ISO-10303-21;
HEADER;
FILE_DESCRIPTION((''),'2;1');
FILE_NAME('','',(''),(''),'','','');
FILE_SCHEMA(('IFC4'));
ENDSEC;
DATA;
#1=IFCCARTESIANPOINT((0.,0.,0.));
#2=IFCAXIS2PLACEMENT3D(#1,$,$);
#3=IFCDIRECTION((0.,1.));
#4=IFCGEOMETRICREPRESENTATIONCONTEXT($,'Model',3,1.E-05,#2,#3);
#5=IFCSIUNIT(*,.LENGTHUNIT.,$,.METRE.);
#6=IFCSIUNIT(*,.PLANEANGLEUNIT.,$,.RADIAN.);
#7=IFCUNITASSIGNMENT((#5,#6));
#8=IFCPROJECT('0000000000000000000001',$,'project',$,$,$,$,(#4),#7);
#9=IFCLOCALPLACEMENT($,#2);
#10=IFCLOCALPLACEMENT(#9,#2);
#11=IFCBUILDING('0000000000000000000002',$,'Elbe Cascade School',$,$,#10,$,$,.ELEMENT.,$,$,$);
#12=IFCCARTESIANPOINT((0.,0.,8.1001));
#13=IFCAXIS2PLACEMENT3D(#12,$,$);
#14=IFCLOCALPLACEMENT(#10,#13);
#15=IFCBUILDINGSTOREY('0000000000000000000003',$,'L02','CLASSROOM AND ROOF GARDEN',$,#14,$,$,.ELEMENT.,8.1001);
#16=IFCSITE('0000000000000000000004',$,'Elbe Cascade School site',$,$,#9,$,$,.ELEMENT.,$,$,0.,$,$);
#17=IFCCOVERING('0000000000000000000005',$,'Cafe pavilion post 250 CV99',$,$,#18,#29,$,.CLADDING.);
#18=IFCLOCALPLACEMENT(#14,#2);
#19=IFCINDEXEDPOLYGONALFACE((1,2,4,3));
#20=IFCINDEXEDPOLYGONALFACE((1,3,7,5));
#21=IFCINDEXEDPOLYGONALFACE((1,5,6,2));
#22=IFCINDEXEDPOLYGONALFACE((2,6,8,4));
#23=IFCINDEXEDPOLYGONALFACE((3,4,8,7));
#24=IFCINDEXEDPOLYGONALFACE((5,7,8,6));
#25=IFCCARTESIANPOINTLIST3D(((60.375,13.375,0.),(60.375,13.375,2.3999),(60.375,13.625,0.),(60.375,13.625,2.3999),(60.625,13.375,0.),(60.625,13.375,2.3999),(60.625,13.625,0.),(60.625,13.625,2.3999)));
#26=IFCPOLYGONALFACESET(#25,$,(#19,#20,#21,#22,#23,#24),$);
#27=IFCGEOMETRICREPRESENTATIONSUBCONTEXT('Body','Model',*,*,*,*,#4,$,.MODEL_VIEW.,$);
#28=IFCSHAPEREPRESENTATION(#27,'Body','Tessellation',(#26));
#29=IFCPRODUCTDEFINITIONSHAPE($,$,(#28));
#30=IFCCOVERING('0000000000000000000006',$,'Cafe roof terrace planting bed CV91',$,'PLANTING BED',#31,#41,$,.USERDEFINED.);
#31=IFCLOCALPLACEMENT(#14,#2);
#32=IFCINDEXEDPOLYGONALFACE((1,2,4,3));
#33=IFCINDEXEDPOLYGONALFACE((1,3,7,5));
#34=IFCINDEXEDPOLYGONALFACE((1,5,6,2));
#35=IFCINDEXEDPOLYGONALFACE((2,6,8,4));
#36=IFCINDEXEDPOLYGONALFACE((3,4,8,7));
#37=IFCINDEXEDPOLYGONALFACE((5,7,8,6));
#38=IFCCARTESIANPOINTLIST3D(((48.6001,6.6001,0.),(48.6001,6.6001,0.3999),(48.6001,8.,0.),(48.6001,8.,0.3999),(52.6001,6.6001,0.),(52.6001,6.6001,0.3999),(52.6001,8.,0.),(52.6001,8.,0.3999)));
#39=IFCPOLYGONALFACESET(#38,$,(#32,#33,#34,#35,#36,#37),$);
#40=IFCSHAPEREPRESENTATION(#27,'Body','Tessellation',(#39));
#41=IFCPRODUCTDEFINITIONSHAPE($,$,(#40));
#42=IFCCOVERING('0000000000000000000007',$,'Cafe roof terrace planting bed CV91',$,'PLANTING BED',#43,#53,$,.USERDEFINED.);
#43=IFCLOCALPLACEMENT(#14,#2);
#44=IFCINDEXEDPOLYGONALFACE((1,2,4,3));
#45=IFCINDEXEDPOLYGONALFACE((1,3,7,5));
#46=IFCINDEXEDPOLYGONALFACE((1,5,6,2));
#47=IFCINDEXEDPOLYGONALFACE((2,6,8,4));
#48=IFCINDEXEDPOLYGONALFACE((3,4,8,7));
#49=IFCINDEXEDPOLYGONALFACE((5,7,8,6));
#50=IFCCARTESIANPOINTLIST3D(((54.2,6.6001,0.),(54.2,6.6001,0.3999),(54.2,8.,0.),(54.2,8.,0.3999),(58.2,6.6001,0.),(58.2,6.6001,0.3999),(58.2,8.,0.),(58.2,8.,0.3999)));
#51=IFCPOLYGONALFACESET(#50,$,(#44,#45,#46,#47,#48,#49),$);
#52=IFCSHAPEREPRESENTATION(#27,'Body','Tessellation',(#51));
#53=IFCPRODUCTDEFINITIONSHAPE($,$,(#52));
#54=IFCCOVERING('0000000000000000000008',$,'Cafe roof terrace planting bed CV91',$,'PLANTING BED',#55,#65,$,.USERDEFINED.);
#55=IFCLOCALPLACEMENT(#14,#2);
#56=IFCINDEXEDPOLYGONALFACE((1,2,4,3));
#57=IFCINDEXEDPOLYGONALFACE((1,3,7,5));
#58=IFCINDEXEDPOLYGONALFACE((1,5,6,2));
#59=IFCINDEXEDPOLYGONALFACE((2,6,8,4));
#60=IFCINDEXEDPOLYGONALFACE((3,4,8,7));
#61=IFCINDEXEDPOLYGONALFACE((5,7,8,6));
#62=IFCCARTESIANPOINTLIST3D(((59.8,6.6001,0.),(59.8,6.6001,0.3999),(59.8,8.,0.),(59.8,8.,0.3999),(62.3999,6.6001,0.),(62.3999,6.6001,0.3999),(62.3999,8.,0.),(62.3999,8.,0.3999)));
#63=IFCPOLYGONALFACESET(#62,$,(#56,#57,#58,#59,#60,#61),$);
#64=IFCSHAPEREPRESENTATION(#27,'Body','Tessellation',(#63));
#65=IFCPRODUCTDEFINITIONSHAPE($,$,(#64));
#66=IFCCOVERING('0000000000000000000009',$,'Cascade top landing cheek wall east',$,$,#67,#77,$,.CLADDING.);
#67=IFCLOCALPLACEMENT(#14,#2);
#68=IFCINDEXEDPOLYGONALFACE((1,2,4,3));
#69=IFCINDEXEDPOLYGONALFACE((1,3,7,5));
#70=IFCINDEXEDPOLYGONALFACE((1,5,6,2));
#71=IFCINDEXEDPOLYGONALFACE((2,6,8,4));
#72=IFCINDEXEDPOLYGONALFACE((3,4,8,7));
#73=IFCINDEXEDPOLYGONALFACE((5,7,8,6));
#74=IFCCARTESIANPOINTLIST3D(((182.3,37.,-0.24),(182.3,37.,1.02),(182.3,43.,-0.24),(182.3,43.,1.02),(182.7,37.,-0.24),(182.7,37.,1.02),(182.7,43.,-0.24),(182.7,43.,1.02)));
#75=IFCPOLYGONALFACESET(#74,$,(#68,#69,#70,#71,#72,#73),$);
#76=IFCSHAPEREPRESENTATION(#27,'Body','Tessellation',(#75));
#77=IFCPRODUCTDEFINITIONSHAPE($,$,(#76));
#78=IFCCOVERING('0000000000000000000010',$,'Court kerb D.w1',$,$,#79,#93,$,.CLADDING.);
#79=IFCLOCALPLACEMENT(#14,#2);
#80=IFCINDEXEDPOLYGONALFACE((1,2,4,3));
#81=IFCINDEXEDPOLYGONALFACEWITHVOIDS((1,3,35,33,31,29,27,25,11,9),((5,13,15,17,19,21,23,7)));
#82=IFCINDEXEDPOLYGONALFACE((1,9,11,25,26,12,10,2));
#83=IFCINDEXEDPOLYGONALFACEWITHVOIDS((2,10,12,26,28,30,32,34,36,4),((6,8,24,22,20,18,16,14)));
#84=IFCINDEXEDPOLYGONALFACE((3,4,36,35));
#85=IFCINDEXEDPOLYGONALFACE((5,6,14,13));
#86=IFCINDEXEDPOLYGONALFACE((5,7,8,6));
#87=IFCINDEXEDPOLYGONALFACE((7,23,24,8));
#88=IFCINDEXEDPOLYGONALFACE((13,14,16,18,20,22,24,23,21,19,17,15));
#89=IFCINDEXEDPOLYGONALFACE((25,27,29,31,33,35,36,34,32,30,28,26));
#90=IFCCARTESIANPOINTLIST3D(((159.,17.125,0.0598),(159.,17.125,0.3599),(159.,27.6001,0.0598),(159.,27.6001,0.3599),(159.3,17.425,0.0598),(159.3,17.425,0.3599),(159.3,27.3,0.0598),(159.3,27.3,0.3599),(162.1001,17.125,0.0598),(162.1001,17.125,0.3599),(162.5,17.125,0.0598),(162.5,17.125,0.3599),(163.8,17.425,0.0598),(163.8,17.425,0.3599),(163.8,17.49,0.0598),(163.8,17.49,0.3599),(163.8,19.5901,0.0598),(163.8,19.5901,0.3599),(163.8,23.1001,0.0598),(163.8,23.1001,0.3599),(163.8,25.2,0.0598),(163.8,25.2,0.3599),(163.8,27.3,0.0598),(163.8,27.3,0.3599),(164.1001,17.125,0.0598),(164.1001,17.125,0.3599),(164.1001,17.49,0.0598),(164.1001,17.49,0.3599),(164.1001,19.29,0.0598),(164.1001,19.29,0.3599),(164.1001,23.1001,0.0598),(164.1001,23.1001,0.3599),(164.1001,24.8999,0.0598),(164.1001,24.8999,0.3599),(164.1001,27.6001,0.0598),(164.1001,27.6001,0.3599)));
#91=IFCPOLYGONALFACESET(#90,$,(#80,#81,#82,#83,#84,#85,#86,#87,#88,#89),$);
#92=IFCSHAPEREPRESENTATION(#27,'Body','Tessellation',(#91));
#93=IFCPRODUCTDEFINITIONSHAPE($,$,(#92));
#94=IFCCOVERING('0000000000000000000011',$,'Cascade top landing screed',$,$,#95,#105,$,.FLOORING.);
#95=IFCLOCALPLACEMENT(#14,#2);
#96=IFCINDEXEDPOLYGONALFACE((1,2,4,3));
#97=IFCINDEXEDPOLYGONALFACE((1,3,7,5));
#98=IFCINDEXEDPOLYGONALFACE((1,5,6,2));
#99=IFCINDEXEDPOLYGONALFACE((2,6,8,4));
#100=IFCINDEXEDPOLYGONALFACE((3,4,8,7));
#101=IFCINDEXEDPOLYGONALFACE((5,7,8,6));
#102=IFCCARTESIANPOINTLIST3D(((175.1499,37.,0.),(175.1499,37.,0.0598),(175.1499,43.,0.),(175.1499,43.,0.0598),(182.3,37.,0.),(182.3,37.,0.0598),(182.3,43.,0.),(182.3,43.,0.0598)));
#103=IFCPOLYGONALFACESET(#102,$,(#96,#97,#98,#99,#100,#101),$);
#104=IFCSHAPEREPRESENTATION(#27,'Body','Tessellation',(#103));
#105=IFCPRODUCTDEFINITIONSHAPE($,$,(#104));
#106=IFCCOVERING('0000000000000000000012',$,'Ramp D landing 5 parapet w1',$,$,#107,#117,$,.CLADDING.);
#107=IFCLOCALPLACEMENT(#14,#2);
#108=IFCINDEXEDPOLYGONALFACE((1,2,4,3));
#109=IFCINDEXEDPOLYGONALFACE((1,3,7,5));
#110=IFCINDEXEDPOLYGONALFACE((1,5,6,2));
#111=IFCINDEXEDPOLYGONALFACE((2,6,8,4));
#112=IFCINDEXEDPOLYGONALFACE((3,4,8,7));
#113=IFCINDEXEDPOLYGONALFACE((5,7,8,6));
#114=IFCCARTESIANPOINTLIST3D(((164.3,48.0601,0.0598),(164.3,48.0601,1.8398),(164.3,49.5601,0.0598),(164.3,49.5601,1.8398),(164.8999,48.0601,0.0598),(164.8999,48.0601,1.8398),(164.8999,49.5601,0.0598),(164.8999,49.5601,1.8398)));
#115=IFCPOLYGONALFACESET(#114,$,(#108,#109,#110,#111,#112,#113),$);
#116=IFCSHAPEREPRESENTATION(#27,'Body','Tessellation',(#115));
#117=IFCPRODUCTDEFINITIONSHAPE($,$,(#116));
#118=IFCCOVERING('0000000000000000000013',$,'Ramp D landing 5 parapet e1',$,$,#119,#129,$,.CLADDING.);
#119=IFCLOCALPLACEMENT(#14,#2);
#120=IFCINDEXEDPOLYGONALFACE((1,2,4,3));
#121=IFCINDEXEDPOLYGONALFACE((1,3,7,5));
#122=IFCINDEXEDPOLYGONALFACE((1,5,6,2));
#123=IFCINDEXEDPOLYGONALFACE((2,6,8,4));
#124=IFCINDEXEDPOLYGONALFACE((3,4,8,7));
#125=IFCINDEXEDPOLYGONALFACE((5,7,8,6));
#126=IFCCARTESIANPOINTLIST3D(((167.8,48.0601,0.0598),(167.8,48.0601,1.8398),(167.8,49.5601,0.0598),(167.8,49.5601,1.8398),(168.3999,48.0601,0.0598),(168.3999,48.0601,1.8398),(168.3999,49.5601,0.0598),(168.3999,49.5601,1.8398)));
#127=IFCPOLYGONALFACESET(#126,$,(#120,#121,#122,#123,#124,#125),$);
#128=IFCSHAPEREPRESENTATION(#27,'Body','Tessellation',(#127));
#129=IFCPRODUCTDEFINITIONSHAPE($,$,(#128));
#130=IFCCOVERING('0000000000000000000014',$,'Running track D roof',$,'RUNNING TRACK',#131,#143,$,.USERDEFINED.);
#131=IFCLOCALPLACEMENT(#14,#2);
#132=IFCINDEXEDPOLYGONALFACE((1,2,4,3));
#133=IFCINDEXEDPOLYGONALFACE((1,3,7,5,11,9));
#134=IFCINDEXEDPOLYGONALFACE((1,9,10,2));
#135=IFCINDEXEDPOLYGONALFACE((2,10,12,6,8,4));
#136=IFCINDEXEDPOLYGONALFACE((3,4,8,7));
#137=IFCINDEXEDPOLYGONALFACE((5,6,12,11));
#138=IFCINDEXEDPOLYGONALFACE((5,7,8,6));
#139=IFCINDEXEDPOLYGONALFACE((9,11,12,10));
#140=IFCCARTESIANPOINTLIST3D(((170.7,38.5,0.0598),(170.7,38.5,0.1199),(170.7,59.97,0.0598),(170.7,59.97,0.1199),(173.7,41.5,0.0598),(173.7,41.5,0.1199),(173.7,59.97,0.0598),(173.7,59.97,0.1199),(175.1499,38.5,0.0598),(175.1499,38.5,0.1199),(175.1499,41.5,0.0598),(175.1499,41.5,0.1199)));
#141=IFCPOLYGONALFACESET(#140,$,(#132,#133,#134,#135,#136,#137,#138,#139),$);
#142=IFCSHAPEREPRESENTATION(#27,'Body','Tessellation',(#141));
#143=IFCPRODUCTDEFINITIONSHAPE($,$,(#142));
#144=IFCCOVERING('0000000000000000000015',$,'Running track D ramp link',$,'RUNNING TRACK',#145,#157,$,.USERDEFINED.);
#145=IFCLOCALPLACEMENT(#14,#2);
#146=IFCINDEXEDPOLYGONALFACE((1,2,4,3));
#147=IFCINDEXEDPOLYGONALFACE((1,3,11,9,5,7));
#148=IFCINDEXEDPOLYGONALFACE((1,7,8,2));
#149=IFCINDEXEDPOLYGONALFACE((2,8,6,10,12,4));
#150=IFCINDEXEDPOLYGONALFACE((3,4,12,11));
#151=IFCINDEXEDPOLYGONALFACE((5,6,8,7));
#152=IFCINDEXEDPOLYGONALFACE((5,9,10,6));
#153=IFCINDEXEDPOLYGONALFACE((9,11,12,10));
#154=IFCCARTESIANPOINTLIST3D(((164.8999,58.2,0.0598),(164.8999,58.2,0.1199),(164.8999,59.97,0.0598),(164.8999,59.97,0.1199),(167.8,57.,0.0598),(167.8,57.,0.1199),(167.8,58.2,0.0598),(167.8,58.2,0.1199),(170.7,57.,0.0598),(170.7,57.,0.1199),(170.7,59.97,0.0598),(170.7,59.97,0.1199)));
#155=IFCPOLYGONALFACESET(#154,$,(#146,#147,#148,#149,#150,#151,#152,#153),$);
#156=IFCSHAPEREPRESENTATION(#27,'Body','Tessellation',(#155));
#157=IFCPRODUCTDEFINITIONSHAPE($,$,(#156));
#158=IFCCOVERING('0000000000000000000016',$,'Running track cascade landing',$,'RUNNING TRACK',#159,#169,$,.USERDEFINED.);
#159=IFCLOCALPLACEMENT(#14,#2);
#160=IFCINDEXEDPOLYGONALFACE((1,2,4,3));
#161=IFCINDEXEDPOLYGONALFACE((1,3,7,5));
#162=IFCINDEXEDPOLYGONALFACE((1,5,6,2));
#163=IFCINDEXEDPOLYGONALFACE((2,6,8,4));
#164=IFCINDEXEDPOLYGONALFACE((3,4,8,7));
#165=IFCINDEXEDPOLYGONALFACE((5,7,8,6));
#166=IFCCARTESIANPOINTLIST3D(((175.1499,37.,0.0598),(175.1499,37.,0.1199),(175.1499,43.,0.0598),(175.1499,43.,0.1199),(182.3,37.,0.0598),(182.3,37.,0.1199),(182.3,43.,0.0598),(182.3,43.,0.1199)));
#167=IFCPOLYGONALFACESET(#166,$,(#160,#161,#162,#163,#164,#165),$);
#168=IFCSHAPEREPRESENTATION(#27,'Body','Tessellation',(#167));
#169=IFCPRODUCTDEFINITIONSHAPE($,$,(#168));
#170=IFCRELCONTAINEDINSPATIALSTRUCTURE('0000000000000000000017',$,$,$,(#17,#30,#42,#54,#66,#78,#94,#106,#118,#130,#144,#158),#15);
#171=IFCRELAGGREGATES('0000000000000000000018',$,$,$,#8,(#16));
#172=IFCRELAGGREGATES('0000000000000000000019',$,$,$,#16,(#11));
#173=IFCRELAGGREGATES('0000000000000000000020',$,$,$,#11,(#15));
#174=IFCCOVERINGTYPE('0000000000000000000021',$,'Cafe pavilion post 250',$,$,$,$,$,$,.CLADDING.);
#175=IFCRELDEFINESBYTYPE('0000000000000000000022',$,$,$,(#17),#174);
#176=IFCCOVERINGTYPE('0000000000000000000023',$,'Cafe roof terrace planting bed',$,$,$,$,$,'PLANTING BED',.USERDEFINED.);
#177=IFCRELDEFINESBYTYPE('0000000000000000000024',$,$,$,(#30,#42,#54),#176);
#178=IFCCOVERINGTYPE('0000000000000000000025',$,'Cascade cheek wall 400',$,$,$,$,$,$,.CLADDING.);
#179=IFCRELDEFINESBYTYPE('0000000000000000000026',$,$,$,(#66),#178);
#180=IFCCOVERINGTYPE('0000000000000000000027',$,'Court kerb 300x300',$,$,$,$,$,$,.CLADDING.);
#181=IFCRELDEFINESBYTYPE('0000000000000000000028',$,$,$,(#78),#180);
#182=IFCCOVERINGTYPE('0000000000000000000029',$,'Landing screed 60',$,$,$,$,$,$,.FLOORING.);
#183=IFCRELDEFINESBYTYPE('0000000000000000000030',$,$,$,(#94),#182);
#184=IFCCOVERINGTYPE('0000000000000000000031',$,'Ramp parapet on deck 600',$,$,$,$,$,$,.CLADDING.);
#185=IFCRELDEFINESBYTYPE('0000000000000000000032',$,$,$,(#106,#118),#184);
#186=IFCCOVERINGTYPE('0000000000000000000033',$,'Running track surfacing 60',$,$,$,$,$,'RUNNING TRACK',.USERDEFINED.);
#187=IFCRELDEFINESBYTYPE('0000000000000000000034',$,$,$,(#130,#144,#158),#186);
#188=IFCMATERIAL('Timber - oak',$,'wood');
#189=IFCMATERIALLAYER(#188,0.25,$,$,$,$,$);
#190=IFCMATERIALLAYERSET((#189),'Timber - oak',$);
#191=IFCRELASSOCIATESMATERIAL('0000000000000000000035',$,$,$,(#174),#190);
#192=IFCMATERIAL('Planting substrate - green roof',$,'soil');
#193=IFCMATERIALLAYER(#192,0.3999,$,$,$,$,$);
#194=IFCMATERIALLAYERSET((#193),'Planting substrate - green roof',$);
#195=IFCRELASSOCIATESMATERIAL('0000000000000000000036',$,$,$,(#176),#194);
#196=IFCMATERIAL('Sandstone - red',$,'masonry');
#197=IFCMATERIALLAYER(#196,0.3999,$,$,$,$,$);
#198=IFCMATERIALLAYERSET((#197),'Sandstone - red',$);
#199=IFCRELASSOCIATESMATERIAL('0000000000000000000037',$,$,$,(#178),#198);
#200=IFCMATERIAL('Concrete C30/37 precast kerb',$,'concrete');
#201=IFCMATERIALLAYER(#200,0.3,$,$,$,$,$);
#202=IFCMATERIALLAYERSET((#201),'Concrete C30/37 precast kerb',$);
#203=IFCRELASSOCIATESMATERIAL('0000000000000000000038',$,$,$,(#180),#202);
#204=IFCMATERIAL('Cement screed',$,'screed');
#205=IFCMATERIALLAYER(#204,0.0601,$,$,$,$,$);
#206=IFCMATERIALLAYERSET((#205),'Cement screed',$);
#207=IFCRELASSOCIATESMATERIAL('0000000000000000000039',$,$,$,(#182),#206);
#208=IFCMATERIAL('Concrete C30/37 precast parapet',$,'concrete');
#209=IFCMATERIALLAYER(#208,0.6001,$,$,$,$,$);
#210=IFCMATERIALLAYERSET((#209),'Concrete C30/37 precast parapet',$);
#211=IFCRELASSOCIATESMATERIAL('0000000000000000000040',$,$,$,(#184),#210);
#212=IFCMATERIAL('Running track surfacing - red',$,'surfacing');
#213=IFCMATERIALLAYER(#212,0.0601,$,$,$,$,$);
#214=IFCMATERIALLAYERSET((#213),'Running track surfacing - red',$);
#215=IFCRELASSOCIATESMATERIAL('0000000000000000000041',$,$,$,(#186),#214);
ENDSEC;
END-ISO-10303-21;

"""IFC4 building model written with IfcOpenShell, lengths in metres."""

from ifc_helpers import new_model, si_unit, direction, frame, origin, place, context, subcontext, project, spatial, polyline, outline, extrude, material, layer, layer_set, type_object, element, save


model = new_model("IFC4")

# Units and contexts
model_context = context("Model", 3, precision=1e-05, world=origin(), true_north=direction((0.0, 1.0)))
body_context = subcontext(model_context, "Body", "Model", "MODEL_VIEW")
ifc_project = project(units=[si_unit("LENGTHUNIT", "METRE"), si_unit("PLANEANGLEUNIT", "RADIAN")], contexts=[model_context])

# Site, building, storey
site_placement = place(None, origin())
site = spatial("IfcSite", under=ifc_project, at=site_placement, Name="Elbe Cascade School site", CompositionType="ELEMENT", RefElevation=0.0)
building_placement = place(site_placement, origin())
building = spatial("IfcBuilding", under=site, at=building_placement, Name="Elbe Cascade School", CompositionType="ELEMENT")
storey_placement = place(building_placement, frame((0.0, 0.0, 8.1001)))
storey = spatial("IfcBuildingStorey", under=building, at=storey_placement, Name="L02", Description="CLASSROOM AND ROOF GARDEN", CompositionType="ELEMENT", Elevation=8.1001)

# Coverings
ifc_material_1 = material(Name="Timber - oak", Category="wood")
ifc_layer_1 = layer(ifc_material_1, 0.25)
ifc_layer_set_1 = layer_set([ifc_layer_1], Name="Timber - oak")
covering_type_1 = type_object("IfcCoveringType", Name="Cafe pavilion post 250", PredefinedType="CLADDING", material=ifc_layer_set_1)
covering_1_placement = place(storey_placement, origin())
element("IfcCovering", 1, at=covering_1_placement, inside=storey, type_object=covering_type_1, Name="Cafe pavilion post 250 CV99", PredefinedType="CLADDING", context=body_context, shape_type="SweptSolid", body=[
    extrude(outline(polyline([(60.375, 13.375), (60.625, 13.375), (60.625, 13.625), (60.375, 13.625), (60.375, 13.375)])), origin(), (0.0, 0.0, 1.0), 2.3999),
])
ifc_material_2 = material(Name="Planting substrate - green roof", Category="soil")
ifc_layer_2 = layer(ifc_material_2, 0.3999)
ifc_layer_set_2 = layer_set([ifc_layer_2], Name="Planting substrate - green roof")
covering_type_2 = type_object("IfcCoveringType", Name="Cafe roof terrace planting bed", ElementType="PLANTING BED", PredefinedType="USERDEFINED", material=ifc_layer_set_2)
covering_2_placement = place(storey_placement, origin())
element("IfcCovering", 2, at=covering_2_placement, inside=storey, type_object=covering_type_2, Name="Cafe roof terrace planting bed CV91", ObjectType="PLANTING BED", PredefinedType="USERDEFINED", context=body_context, shape_type="SweptSolid", body=[
    extrude(outline(polyline([(48.6001, 6.6001), (52.6001, 6.6001), (52.6001, 8.0), (48.6001, 8.0), (48.6001, 6.6001)])), origin(), (0.0, 0.0, 1.0), 0.3999),
])
covering_3_placement = place(storey_placement, origin())
element("IfcCovering", 3, at=covering_3_placement, inside=storey, type_object=covering_type_2, Name="Cafe roof terrace planting bed CV91", ObjectType="PLANTING BED", PredefinedType="USERDEFINED", context=body_context, shape_type="SweptSolid", body=[
    extrude(outline(polyline([(54.2, 6.6001), (58.2, 6.6001), (58.2, 8.0), (54.2, 8.0), (54.2, 6.6001)])), origin(), (0.0, 0.0, 1.0), 0.3999),
])
covering_4_placement = place(storey_placement, origin())
element("IfcCovering", 4, at=covering_4_placement, inside=storey, type_object=covering_type_2, Name="Cafe roof terrace planting bed CV91", ObjectType="PLANTING BED", PredefinedType="USERDEFINED", context=body_context, shape_type="SweptSolid", body=[
    extrude(outline(polyline([(59.8, 6.6001), (62.3999, 6.6001), (62.3999, 8.0), (59.8, 8.0), (59.8, 6.6001)])), origin(), (0.0, 0.0, 1.0), 0.3999),
])
ifc_material_3 = material(Name="Sandstone - red", Category="masonry")
ifc_layer_3 = layer(ifc_material_3, 0.3999)
ifc_layer_set_3 = layer_set([ifc_layer_3], Name="Sandstone - red")
covering_type_3 = type_object("IfcCoveringType", Name="Cascade cheek wall 400", PredefinedType="CLADDING", material=ifc_layer_set_3)
covering_5_placement = place(storey_placement, frame((0.0, 0.0, -0.24)))
element("IfcCovering", 5, at=covering_5_placement, inside=storey, type_object=covering_type_3, Name="Cascade top landing cheek wall east", PredefinedType="CLADDING", context=body_context, shape_type="SweptSolid", body=[
    extrude(outline(polyline([(182.3, 37.0), (182.7, 37.0), (182.7, 43.0), (182.3, 43.0), (182.3, 37.0)])), origin(), (0.0, 0.0, 1.0), 1.26),
])
ifc_material_4 = material(Name="Concrete C30/37 precast kerb", Category="concrete")
ifc_layer_4 = layer(ifc_material_4, 0.3)
ifc_layer_set_4 = layer_set([ifc_layer_4], Name="Concrete C30/37 precast kerb")
covering_type_4 = type_object("IfcCoveringType", Name="Court kerb 300x300", PredefinedType="CLADDING", material=ifc_layer_set_4)
covering_6_placement = place(storey_placement, frame((0.0, 0.0, 0.0598)))
element("IfcCovering", 6, at=covering_6_placement, inside=storey, type_object=covering_type_4, Name="Court kerb D.w1", PredefinedType="CLADDING", context=body_context, shape_type="SweptSolid", body=[
    extrude(outline(polyline([(164.1001, 17.125), (162.5, 17.125), (162.1001, 17.125), (159.0, 17.125), (159.0, 27.6001), (164.1001, 27.6001), (164.1001, 24.8999), (164.1001, 24.8999), (164.1001, 23.1001), (164.1001, 23.1001), (164.1001, 19.29), (164.1001, 19.29), (164.1001, 17.49), (164.1001, 17.49), (164.1001, 17.125)]), holes=[polyline([(163.8, 17.425), (159.3, 17.425), (159.3, 27.3), (163.8, 27.3), (163.8, 25.2), (163.8, 25.2), (163.8, 23.1001), (163.8, 19.5901), (163.8, 19.5901), (163.8, 17.49), (163.8, 17.425)])]), origin(), (0.0, 0.0, 1.0), 0.3),
])
ifc_material_5 = material(Name="Cement screed", Category="screed")
ifc_layer_5 = layer(ifc_material_5, 0.0601)
ifc_layer_set_5 = layer_set([ifc_layer_5], Name="Cement screed")
covering_type_5 = type_object("IfcCoveringType", Name="Landing screed 60", PredefinedType="FLOORING", material=ifc_layer_set_5)
covering_7_placement = place(storey_placement, origin())
element("IfcCovering", 7, at=covering_7_placement, inside=storey, type_object=covering_type_5, Name="Cascade top landing screed", PredefinedType="FLOORING", context=body_context, shape_type="SweptSolid", body=[
    extrude(outline(polyline([(175.1499, 37.0), (182.3, 37.0), (182.3, 43.0), (175.1499, 43.0), (175.1499, 37.0)])), origin(), (0.0, 0.0, 1.0), 0.0598),
])
ifc_material_6 = material(Name="Concrete C30/37 precast parapet", Category="concrete")
ifc_layer_6 = layer(ifc_material_6, 0.6001)
ifc_layer_set_6 = layer_set([ifc_layer_6], Name="Concrete C30/37 precast parapet")
covering_type_6 = type_object("IfcCoveringType", Name="Ramp parapet on deck 600", PredefinedType="CLADDING", material=ifc_layer_set_6)
covering_8_placement = place(storey_placement, frame((0.0, 0.0, 0.0598)))
element("IfcCovering", 8, at=covering_8_placement, inside=storey, type_object=covering_type_6, Name="Ramp D landing 5 parapet w1", PredefinedType="CLADDING", context=body_context, shape_type="SweptSolid", body=[
    extrude(outline(polyline([(164.3, 48.0601), (164.8999, 48.0601), (164.8999, 49.5601), (164.3, 49.5601), (164.3, 48.0601)])), origin(), (0.0, 0.0, 1.0), 1.78),
])
covering_9_placement = place(storey_placement, frame((0.0, 0.0, 0.0598)))
element("IfcCovering", 9, at=covering_9_placement, inside=storey, type_object=covering_type_6, Name="Ramp D landing 5 parapet e1", PredefinedType="CLADDING", context=body_context, shape_type="SweptSolid", body=[
    extrude(outline(polyline([(167.8, 48.0601), (168.3999, 48.0601), (168.3999, 49.5601), (167.8, 49.5601), (167.8, 48.0601)])), origin(), (0.0, 0.0, 1.0), 1.78),
])
ifc_material_7 = material(Name="Running track surfacing - red", Category="surfacing")
ifc_layer_7 = layer(ifc_material_7, 0.0601)
ifc_layer_set_7 = layer_set([ifc_layer_7], Name="Running track surfacing - red")
covering_type_7 = type_object("IfcCoveringType", Name="Running track surfacing 60", ElementType="RUNNING TRACK", PredefinedType="USERDEFINED", material=ifc_layer_set_7)
covering_10_placement = place(storey_placement, frame((0.0, 0.0, 0.0598)))
element("IfcCovering", 10, at=covering_10_placement, inside=storey, type_object=covering_type_7, Name="Running track D roof", ObjectType="RUNNING TRACK", PredefinedType="USERDEFINED", context=body_context, shape_type="SweptSolid", body=[
    extrude(outline(polyline([(170.7, 59.97), (173.7, 59.97), (173.7, 41.5), (175.1499, 41.5), (175.1499, 38.5), (170.7, 38.5), (170.7, 59.97)])), origin(), (0.0, 0.0, 1.0), 0.0601),
])
covering_11_placement = place(storey_placement, frame((0.0, 0.0, 0.0598)))
element("IfcCovering", 11, at=covering_11_placement, inside=storey, type_object=covering_type_7, Name="Running track D ramp link", ObjectType="RUNNING TRACK", PredefinedType="USERDEFINED", context=body_context, shape_type="SweptSolid", body=[
    extrude(outline(polyline([(164.8999, 58.2), (167.8, 58.2), (167.8, 57.0), (170.7, 57.0), (170.7, 59.97), (164.8999, 59.97), (164.8999, 58.2)])), origin(), (0.0, 0.0, 1.0), 0.0601),
])
covering_12_placement = place(storey_placement, frame((0.0, 0.0, 0.0598)))
element("IfcCovering", 12, at=covering_12_placement, inside=storey, type_object=covering_type_7, Name="Running track cascade landing", ObjectType="RUNNING TRACK", PredefinedType="USERDEFINED", context=body_context, shape_type="SweptSolid", body=[
    extrude(outline(polyline([(175.1499, 37.0), (182.3, 37.0), (182.3, 43.0), (175.1499, 43.0), (175.1499, 37.0)])), origin(), (0.0, 0.0, 1.0), 0.0601),
])

save(model, "model.ifc")
